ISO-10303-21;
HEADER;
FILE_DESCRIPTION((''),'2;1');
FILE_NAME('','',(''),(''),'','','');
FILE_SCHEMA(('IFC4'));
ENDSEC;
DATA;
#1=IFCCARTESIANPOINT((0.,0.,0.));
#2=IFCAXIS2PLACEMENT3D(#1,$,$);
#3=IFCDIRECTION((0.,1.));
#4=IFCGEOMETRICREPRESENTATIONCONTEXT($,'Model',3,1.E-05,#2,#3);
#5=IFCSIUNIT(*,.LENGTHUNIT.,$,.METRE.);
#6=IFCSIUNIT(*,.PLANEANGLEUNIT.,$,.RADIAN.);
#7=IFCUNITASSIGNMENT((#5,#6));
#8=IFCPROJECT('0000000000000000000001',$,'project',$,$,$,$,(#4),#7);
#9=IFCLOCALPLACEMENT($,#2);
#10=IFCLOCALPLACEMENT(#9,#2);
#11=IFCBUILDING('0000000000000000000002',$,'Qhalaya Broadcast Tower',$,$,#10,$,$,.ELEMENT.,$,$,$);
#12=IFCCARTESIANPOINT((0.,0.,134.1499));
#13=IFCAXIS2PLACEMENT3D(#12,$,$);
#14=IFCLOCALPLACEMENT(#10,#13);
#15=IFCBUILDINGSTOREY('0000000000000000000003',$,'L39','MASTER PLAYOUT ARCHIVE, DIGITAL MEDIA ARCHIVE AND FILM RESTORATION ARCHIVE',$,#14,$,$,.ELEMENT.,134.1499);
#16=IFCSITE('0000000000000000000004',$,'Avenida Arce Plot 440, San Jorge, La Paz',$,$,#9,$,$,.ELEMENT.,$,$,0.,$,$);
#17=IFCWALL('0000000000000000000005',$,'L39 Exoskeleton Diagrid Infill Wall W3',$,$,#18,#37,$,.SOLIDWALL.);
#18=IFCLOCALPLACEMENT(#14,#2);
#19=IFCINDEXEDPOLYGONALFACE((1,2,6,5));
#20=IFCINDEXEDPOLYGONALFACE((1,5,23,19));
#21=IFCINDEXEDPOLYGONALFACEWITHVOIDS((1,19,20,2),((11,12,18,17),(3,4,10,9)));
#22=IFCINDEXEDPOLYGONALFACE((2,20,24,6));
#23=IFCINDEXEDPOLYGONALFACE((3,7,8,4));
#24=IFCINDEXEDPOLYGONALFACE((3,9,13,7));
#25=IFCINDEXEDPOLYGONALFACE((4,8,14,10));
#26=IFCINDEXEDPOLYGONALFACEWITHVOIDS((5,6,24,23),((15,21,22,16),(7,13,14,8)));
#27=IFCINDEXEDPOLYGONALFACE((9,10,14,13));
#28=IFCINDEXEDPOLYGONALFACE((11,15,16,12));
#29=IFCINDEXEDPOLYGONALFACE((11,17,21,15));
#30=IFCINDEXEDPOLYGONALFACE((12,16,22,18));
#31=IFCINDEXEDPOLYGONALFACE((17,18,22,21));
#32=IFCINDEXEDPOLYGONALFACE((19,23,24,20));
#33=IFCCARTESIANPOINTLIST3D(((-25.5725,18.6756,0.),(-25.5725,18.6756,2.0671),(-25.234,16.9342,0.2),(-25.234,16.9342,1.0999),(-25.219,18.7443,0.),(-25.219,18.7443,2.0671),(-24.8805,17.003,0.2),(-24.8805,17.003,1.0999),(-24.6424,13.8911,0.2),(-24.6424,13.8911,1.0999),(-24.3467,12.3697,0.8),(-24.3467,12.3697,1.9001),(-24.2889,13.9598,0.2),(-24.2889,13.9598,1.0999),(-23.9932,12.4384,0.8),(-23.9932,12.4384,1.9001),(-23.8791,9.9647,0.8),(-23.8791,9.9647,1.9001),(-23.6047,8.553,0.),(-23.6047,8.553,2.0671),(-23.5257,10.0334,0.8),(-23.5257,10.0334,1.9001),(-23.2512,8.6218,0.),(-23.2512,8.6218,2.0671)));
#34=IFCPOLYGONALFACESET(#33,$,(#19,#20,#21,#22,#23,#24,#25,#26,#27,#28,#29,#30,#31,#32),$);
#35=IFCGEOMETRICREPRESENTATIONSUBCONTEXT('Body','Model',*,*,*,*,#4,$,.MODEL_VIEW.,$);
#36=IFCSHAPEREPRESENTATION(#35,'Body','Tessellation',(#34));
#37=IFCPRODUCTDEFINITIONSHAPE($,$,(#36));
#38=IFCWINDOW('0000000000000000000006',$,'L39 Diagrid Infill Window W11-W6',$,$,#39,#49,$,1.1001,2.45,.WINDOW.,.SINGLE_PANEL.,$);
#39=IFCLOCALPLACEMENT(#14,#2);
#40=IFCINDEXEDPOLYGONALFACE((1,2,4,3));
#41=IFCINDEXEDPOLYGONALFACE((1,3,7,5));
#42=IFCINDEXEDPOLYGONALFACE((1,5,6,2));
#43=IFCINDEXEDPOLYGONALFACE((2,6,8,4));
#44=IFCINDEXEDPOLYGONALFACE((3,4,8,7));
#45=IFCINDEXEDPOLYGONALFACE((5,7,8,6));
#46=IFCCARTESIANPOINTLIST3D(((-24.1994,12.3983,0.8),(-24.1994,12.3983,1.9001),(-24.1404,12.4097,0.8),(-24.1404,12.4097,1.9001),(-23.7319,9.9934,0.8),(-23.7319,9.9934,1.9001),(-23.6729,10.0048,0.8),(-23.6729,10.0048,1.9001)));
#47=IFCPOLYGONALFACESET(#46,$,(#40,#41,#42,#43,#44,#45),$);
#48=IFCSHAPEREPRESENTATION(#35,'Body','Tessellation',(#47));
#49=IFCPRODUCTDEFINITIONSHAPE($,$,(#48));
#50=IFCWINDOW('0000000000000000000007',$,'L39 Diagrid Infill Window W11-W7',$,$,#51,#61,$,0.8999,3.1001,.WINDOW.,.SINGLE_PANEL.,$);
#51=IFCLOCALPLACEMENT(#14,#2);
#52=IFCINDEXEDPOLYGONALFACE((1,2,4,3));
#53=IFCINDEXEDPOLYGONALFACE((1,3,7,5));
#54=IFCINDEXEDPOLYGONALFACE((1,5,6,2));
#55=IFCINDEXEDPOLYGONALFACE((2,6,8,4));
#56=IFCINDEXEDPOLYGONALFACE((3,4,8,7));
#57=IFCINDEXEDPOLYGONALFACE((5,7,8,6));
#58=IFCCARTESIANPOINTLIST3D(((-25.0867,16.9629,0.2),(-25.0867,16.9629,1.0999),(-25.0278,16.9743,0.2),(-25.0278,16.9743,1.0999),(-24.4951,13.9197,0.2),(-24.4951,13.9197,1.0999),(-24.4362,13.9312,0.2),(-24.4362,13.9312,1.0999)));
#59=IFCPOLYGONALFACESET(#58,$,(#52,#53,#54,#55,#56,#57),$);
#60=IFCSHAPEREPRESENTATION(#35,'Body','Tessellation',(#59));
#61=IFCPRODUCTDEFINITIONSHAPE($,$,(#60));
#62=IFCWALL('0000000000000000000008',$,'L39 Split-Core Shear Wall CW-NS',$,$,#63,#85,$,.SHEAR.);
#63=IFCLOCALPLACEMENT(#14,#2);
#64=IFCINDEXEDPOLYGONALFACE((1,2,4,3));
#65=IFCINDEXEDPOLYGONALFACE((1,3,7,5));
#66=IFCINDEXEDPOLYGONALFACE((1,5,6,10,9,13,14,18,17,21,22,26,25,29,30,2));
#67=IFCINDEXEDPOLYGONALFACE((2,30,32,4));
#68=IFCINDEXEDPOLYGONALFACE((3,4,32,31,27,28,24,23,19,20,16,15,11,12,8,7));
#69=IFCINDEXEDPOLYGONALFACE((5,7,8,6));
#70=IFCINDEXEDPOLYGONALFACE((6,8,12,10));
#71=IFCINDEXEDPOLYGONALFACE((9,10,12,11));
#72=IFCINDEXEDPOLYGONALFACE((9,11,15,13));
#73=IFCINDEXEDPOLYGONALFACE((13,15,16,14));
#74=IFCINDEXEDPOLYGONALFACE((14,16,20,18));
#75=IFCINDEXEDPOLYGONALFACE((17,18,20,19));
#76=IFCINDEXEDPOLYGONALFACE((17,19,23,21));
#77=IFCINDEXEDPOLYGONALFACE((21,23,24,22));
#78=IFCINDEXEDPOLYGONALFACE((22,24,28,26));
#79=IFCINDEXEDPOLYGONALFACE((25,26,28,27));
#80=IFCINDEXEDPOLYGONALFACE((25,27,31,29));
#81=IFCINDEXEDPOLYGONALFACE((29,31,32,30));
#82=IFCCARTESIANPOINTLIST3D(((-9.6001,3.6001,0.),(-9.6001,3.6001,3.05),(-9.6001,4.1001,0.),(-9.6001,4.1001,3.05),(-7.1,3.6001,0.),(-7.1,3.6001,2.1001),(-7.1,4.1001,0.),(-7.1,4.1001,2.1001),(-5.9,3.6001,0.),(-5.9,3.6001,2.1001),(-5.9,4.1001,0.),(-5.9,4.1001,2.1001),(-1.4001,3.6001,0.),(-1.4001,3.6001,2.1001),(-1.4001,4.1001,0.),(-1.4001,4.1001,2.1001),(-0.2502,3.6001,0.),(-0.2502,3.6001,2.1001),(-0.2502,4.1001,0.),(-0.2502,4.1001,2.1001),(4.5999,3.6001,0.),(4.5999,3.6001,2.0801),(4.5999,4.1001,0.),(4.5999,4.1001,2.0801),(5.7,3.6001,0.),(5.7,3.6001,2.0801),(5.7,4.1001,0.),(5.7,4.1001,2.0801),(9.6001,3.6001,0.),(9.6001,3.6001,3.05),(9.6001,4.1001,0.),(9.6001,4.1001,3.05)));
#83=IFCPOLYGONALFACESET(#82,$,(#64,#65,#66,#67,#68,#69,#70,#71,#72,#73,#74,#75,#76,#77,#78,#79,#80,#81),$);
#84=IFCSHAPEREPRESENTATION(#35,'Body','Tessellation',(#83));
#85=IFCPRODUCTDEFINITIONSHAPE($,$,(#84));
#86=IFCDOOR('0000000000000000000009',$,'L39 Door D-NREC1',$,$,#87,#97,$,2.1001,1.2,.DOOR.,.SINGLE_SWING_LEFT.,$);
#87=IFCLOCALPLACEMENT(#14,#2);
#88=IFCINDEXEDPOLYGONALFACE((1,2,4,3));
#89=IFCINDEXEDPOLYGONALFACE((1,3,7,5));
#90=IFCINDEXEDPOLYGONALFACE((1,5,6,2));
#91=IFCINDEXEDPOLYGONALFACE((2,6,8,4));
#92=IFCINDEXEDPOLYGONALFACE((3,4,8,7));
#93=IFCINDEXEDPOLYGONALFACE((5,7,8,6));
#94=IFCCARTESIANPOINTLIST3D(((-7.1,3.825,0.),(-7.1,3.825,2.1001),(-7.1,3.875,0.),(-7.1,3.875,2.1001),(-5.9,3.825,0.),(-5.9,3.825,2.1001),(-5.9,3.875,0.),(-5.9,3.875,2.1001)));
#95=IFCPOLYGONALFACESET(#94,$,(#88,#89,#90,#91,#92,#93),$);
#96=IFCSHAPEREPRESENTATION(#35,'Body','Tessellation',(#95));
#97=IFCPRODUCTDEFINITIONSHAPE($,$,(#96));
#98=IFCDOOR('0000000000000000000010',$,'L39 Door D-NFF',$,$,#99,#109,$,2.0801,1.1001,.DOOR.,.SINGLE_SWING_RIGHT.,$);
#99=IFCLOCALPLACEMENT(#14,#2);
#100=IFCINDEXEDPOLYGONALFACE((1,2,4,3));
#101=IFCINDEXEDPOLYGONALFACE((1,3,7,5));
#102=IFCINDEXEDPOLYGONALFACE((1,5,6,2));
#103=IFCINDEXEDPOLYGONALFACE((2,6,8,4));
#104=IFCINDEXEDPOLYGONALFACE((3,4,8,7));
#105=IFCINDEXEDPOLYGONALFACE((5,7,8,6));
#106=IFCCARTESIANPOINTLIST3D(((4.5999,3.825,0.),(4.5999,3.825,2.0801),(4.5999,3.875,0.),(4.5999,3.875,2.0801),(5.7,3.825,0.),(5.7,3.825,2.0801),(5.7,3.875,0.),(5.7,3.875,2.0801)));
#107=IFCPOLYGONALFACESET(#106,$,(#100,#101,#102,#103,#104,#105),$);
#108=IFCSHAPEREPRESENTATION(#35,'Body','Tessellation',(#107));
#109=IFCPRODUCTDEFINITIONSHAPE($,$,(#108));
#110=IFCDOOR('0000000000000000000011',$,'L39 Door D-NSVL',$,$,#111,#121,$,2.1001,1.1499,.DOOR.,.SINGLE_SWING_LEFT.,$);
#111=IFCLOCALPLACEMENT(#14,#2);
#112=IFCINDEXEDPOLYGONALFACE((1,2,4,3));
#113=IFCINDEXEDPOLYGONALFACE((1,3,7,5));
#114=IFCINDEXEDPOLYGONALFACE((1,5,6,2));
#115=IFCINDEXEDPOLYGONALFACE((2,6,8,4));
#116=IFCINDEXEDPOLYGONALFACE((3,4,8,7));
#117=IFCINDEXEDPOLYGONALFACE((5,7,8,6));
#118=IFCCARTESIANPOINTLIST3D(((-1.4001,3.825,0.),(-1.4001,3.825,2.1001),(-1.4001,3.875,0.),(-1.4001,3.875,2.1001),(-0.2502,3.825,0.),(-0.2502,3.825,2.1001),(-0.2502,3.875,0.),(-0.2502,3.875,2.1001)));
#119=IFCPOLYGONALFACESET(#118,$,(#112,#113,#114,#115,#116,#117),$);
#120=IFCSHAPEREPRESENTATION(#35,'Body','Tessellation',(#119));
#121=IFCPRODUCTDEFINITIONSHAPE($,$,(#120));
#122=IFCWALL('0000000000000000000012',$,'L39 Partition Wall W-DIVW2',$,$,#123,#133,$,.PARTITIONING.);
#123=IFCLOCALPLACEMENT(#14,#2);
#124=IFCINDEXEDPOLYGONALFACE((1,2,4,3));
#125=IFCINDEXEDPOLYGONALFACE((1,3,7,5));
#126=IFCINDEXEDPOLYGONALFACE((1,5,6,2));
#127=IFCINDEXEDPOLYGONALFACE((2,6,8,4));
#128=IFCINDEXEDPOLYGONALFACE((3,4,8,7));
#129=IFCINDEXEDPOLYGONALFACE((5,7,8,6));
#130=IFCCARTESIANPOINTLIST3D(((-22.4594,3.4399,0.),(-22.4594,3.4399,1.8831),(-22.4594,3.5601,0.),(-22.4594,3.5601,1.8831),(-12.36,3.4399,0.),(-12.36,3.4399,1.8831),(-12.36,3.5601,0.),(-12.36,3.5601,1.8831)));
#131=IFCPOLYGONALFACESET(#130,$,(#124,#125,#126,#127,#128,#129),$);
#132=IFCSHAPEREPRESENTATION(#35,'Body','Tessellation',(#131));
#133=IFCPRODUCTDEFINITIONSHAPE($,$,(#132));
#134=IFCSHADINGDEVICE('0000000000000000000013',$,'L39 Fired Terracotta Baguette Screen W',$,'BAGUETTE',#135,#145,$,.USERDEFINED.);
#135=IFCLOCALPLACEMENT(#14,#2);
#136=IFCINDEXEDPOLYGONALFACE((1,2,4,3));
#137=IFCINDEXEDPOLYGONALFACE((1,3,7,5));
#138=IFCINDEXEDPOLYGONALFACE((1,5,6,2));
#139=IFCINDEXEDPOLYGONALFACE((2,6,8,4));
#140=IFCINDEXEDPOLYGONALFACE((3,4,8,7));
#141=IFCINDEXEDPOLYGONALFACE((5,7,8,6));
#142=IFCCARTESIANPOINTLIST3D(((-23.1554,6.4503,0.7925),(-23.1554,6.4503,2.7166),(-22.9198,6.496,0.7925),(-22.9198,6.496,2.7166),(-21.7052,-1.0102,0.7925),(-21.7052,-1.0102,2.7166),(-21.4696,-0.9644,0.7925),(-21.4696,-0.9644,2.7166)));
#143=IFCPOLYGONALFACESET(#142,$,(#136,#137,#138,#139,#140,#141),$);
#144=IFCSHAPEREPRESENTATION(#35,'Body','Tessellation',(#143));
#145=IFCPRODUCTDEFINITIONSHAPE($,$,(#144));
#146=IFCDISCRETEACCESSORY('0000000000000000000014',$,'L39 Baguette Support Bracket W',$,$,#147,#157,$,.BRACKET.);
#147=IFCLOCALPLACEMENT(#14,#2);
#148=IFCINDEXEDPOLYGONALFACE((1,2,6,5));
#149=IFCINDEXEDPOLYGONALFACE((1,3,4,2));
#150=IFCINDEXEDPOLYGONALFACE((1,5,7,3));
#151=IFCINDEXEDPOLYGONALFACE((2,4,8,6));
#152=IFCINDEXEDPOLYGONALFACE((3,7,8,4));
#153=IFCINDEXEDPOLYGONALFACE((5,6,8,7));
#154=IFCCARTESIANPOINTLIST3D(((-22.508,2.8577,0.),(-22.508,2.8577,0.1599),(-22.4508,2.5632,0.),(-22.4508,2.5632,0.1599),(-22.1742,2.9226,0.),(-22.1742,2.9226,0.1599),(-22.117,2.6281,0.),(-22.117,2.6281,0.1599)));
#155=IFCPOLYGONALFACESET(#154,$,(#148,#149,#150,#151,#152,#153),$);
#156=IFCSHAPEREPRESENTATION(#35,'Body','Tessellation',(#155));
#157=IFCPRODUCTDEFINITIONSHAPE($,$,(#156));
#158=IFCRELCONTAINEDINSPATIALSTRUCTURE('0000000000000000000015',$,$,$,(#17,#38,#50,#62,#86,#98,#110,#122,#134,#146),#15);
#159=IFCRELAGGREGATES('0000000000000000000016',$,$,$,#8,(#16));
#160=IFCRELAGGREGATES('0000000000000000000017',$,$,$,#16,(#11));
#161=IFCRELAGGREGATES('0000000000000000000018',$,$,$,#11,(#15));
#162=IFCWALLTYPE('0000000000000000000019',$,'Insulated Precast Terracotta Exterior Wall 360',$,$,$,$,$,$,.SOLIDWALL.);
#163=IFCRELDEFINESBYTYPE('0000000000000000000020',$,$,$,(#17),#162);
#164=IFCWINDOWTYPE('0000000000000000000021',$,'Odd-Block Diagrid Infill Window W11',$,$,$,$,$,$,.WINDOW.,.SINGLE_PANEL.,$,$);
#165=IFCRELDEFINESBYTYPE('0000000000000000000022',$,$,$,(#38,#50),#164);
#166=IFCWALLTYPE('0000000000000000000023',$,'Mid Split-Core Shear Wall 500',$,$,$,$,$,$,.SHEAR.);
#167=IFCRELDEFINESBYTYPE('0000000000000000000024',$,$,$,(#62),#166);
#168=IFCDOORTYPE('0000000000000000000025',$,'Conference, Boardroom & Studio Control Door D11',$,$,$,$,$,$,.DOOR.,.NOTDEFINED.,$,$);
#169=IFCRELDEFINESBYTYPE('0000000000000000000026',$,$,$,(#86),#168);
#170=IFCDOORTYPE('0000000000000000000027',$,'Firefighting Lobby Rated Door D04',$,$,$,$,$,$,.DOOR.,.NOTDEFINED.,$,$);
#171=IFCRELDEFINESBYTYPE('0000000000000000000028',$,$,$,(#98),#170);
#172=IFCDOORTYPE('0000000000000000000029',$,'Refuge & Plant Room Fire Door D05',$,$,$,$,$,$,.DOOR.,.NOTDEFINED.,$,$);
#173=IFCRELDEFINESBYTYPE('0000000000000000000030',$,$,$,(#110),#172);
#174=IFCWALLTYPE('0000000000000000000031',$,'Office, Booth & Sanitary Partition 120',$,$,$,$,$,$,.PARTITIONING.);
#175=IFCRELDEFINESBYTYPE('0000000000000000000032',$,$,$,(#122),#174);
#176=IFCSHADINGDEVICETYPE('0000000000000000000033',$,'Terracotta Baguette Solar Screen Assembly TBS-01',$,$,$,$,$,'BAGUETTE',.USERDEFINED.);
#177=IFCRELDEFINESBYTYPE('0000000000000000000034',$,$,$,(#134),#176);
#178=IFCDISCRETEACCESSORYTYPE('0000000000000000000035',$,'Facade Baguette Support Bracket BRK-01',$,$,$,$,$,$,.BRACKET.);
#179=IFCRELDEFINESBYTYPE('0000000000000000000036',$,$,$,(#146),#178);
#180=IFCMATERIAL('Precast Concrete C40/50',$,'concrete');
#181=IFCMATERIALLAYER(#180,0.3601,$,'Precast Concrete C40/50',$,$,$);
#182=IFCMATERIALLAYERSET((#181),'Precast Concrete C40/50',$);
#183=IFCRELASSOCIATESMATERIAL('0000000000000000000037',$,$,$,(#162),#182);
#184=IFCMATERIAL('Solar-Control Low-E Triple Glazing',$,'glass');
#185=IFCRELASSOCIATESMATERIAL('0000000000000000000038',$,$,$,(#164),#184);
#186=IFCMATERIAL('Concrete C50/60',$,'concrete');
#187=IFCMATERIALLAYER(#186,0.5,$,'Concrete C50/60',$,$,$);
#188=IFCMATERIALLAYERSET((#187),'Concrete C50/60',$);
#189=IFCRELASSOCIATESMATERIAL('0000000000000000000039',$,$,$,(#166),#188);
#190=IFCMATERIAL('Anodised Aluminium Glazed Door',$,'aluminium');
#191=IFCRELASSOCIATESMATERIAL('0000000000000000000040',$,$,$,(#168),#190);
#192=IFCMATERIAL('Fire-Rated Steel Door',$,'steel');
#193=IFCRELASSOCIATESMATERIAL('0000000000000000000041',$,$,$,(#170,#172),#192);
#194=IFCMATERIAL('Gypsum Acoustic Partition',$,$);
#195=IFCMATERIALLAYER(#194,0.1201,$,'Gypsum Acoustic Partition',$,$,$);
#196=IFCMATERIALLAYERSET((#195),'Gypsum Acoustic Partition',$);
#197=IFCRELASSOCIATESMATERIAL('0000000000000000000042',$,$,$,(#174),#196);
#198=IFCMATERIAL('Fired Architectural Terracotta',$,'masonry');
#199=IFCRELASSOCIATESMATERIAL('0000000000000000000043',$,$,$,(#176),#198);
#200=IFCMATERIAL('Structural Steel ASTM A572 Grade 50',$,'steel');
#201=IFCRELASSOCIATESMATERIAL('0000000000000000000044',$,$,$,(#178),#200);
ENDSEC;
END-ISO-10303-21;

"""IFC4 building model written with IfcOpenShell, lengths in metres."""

from ifc_helpers import new_model, si_unit, direction, frame, frame_2d, origin, origin_2d, place, context, subcontext, project, spatial, rectangle, extrude, material, layer, layer_set, type_object, element, fill, save


model = new_model("IFC4")

# Units and contexts
model_context = context("Model", 3, precision=1e-05, world=origin(), true_north=direction((0.0, 1.0)))
body_context = subcontext(model_context, "Body", "Model", "MODEL_VIEW")
ifc_project = project(units=[si_unit("LENGTHUNIT", "METRE"), si_unit("PLANEANGLEUNIT", "RADIAN")], contexts=[model_context])

# Site, building, storey
site_placement = place(None, origin())
site = spatial("IfcSite", under=ifc_project, at=site_placement, Name="Avenida Arce Plot 440, San Jorge, La Paz", CompositionType="ELEMENT", RefElevation=0.0)
building_placement = place(site_placement, origin())
building = spatial("IfcBuilding", under=site, at=building_placement, Name="Qhalaya Broadcast Tower", CompositionType="ELEMENT")
storey_placement = place(building_placement, frame((0.0, 0.0, 134.1499)))
storey = spatial("IfcBuildingStorey", under=building, at=storey_placement, Name="L39", Description="MASTER PLAYOUT ARCHIVE, DIGITAL MEDIA ARCHIVE AND FILM RESTORATION ARCHIVE", CompositionType="ELEMENT", Elevation=134.1499)

# Shared definitions
ifc_material_1 = material(Name="Structural Steel ASTM A572 Grade 50", Category="steel")

# Shared definitions
ifc_material_2 = material(Name="Gypsum Acoustic Partition")

# Wall, openings, windows
ifc_material_3 = material(Name="Precast Concrete C40/50", Category="concrete")
ifc_layer_1 = layer(ifc_material_3, 0.3601, Name="Precast Concrete C40/50")
ifc_layer_set_1 = layer_set([ifc_layer_1], Name="Precast Concrete C40/50")
wall_type_1 = type_object("IfcWallType", Name="Insulated Precast Terracotta Exterior Wall 360", PredefinedType="SOLIDWALL", material=ifc_layer_set_1)
wall_1_placement = place(storey_placement, frame((-23.428, 8.5874, 0.0), z_axis=(0.0, 0.0, 1.0), x_axis=(-0.190823, 0.981625, 0.0)))
wall_1 = element("IfcWall", 1, at=wall_1_placement, inside=storey, type_object=wall_type_1, Name="L39 Exoskeleton Diagrid Infill Wall W3", PredefinedType="SOLIDWALL", context=body_context, shape_type="SweptSolid", body=[
    extrude(rectangle(XDim=10.312, YDim=0.3601, at=frame_2d((5.156, 0.0))), origin(), (0.0, 0.0, 1.0), 2.0671),
])
opening_1_placement = place(wall_1_placement, frame((1.438, 0.0, 0.8)))
opening_1 = element("IfcOpeningElement", 2, at=opening_1_placement, cuts=wall_1, PredefinedType="OPENING", context=body_context, shape_type="SweptSolid", body=[
    extrude(rectangle(XDim=2.45, YDim=1.1001, at=frame_2d((1.2251, 0.55))), frame((0.0, 0.1921, 0.0), z_axis=(0.0, -1.0, 0.0), x_axis=(1.0, 0.0, 0.0)), (0.0, 0.0, 1.0), 0.384),
])
opening_2_placement = place(wall_1_placement, frame((5.438, 0.0, 0.2)))
opening_2 = element("IfcOpeningElement", 3, at=opening_2_placement, cuts=wall_1, PredefinedType="OPENING", context=body_context, shape_type="SweptSolid", body=[
    extrude(rectangle(XDim=3.1001, YDim=0.8999, at=frame_2d((1.55, 0.45))), frame((0.0, 0.1921, 0.0), z_axis=(0.0, -1.0, 0.0), x_axis=(1.0, 0.0, 0.0)), (0.0, 0.0, 1.0), 0.384),
])
ifc_material_4 = material(Name="Solar-Control Low-E Triple Glazing", Category="glass")
window_type = type_object("IfcWindowType", Name="Odd-Block Diagrid Infill Window W11", PartitioningType="SINGLE_PANEL", PredefinedType="WINDOW", material=ifc_material_4)
window_1_placement = place(opening_1_placement, origin())
window_1 = element("IfcWindow", 4, at=window_1_placement, inside=storey, type_object=window_type, Name="L39 Diagrid Infill Window W11-W6", OverallHeight=1.1001, OverallWidth=2.45, PartitioningType="SINGLE_PANEL", PredefinedType="WINDOW", context=body_context, shape_type="SweptSolid", body=[
    extrude(rectangle(XDim=2.45, YDim=1.1001, at=frame_2d((1.2251, 0.55))), frame((0.0, 0.03, 0.0), z_axis=(0.0, -1.0, 0.0), x_axis=(1.0, 0.0, 0.0)), (0.0, 0.0, 1.0), 0.0601),
])
fill(opening_1, window_1)
window_2_placement = place(opening_2_placement, origin())
window_2 = element("IfcWindow", 5, at=window_2_placement, inside=storey, type_object=window_type, Name="L39 Diagrid Infill Window W11-W7", OverallHeight=0.8999, OverallWidth=3.1001, PartitioningType="SINGLE_PANEL", PredefinedType="WINDOW", context=body_context, shape_type="SweptSolid", body=[
    extrude(rectangle(XDim=3.1001, YDim=0.8999, at=frame_2d((1.55, 0.45))), frame((0.0, 0.03, 0.0), z_axis=(0.0, -1.0, 0.0), x_axis=(1.0, 0.0, 0.0)), (0.0, 0.0, 1.0), 0.0601),
])
fill(opening_2, window_2)

# Wall, openings, doors
ifc_material_5 = material(Name="Concrete C50/60", Category="concrete")
ifc_layer_2 = layer(ifc_material_5, 0.5, Name="Concrete C50/60")
ifc_layer_set_2 = layer_set([ifc_layer_2], Name="Concrete C50/60")
wall_type_2 = type_object("IfcWallType", Name="Mid Split-Core Shear Wall 500", PredefinedType="SHEAR", material=ifc_layer_set_2)
wall_2_placement = place(storey_placement, frame((-9.6001, 3.8501, 0.0), z_axis=(0.0, 0.0, 1.0), x_axis=(1.0, 0.0, 0.0)))
wall_2 = element("IfcWall", 6, at=wall_2_placement, inside=storey, type_object=wall_type_2, Name="L39 Split-Core Shear Wall CW-NS", PredefinedType="SHEAR", context=body_context, shape_type="SweptSolid", body=[
    extrude(rectangle(XDim=19.2002, YDim=0.5, at=frame_2d((9.6001, 0.0))), origin(), (0.0, 0.0, 1.0), 3.05),
])
opening_3_placement = place(wall_2_placement, frame((14.2, 0.0, 0.0)))
opening_3 = element("IfcOpeningElement", 7, at=opening_3_placement, cuts=wall_2, PredefinedType="OPENING", context=body_context, shape_type="SweptSolid", body=[
    extrude(rectangle(XDim=1.1001, YDim=2.0801, at=frame_2d((0.55, 1.04))), frame((0.0, 0.262, 0.0), z_axis=(0.0, -1.0, 0.0), x_axis=(1.0, 0.0, 0.0)), (0.0, 0.0, 1.0), 0.5239),
])
opening_4_placement = place(wall_2_placement, frame((8.2, 0.0, 0.0)))
opening_4 = element("IfcOpeningElement", 8, at=opening_4_placement, cuts=wall_2, PredefinedType="OPENING", context=body_context, shape_type="SweptSolid", body=[
    extrude(rectangle(XDim=1.1499, YDim=2.1001, at=frame_2d((0.575, 1.05))), frame((0.0, 0.262, 0.0), z_axis=(0.0, -1.0, 0.0), x_axis=(1.0, 0.0, 0.0)), (0.0, 0.0, 1.0), 0.5239),
])
opening_5_placement = place(wall_2_placement, frame((2.5, 0.0, 0.0)))
opening_5 = element("IfcOpeningElement", 9, at=opening_5_placement, cuts=wall_2, PredefinedType="OPENING", context=body_context, shape_type="SweptSolid", body=[
    extrude(rectangle(XDim=1.2, YDim=2.1001, at=frame_2d((0.6001, 1.05))), frame((0.0, 0.262, 0.0), z_axis=(0.0, -1.0, 0.0), x_axis=(1.0, 0.0, 0.0)), (0.0, 0.0, 1.0), 0.5239),
])
ifc_material_6 = material(Name="Anodised Aluminium Glazed Door", Category="aluminium")
door_type_1 = type_object("IfcDoorType", Name="Conference, Boardroom & Studio Control Door D11", OperationType="NOTDEFINED", PredefinedType="DOOR", material=ifc_material_6)
door_1_placement = place(opening_5_placement, origin())
door_1 = element("IfcDoor", 10, at=door_1_placement, inside=storey, type_object=door_type_1, Name="L39 Door D-NREC1", OperationType="SINGLE_SWING_LEFT", OverallHeight=2.1001, OverallWidth=1.2, PredefinedType="DOOR", context=body_context, shape_type="SweptSolid", body=[
    extrude(rectangle(XDim=1.2, YDim=2.1001, at=frame_2d((0.6001, 1.05))), frame((0.0, 0.0249, 0.0), z_axis=(0.0, -1.0, 0.0), x_axis=(1.0, 0.0, 0.0)), (0.0, 0.0, 1.0), 0.05),
])
fill(opening_5, door_1)
ifc_material_7 = material(Name="Fire-Rated Steel Door", Category="steel")
door_type_2 = type_object("IfcDoorType", Name="Firefighting Lobby Rated Door D04", OperationType="NOTDEFINED", PredefinedType="DOOR", material=ifc_material_7)
door_2_placement = place(opening_3_placement, origin())
door_2 = element("IfcDoor", 11, at=door_2_placement, inside=storey, type_object=door_type_2, Name="L39 Door D-NFF", OperationType="SINGLE_SWING_RIGHT", OverallHeight=2.0801, OverallWidth=1.1001, PredefinedType="DOOR", context=body_context, shape_type="SweptSolid", body=[
    extrude(rectangle(XDim=1.1001, YDim=2.0801, at=frame_2d((0.55, 1.04))), frame((0.0, 0.0249, 0.0), z_axis=(0.0, -1.0, 0.0), x_axis=(1.0, 0.0, 0.0)), (0.0, 0.0, 1.0), 0.05),
])
fill(opening_3, door_2)
door_type_3 = type_object("IfcDoorType", Name="Refuge & Plant Room Fire Door D05", OperationType="NOTDEFINED", PredefinedType="DOOR", material=ifc_material_7)
door_3_placement = place(opening_4_placement, origin())
door_3 = element("IfcDoor", 12, at=door_3_placement, inside=storey, type_object=door_type_3, Name="L39 Door D-NSVL", OperationType="SINGLE_SWING_LEFT", OverallHeight=2.1001, OverallWidth=1.1499, PredefinedType="DOOR", context=body_context, shape_type="SweptSolid", body=[
    extrude(rectangle(XDim=1.1499, YDim=2.1001, at=frame_2d((0.575, 1.05))), frame((0.0, 0.0249, 0.0), z_axis=(0.0, -1.0, 0.0), x_axis=(1.0, 0.0, 0.0)), (0.0, 0.0, 1.0), 0.05),
])
fill(opening_4, door_3)

# Wall
ifc_layer_3 = layer(ifc_material_2, 0.1201, Name="Gypsum Acoustic Partition")
ifc_layer_set_3 = layer_set([ifc_layer_3], Name="Gypsum Acoustic Partition")
wall_type_3 = type_object("IfcWallType", Name="Office, Booth & Sanitary Partition 120", PredefinedType="PARTITIONING", material=ifc_layer_set_3)
wall_3_placement = place(storey_placement, frame((-22.4595, 3.5, 0.0), z_axis=(0.0, 0.0, 1.0), x_axis=(1.0, 0.0, 0.0)))
element("IfcWall", 13, at=wall_3_placement, inside=storey, type_object=wall_type_3, Name="L39 Partition Wall W-DIVW2", PredefinedType="PARTITIONING", context=body_context, shape_type="SweptSolid", body=[
    extrude(rectangle(XDim=10.0994, YDim=0.1201, at=frame_2d((5.0498, 0.0))), origin(), (0.0, 0.0, 1.0), 1.8831),
])

# Shading device
ifc_material_8 = material(Name="Fired Architectural Terracotta", Category="masonry")
shading_device_type = type_object("IfcShadingDeviceType", Name="Terracotta Baguette Solar Screen Assembly TBS-01", ElementType="BAGUETTE", PredefinedType="USERDEFINED", material=ifc_material_8)
shading_device_placement = place(storey_placement, frame((-22.3125, 2.7429, 0.7925), z_axis=(0.0, 0.0, 1.0), x_axis=(0.190809, -0.981627, 0.0)))
element("IfcShadingDevice", 14, at=shading_device_placement, inside=storey, type_object=shading_device_type, Name="L39 Fired Terracotta Baguette Screen W", ObjectType="BAGUETTE", PredefinedType="USERDEFINED", context=body_context, shape_type="SweptSolid", body=[
    extrude(rectangle(XDim=7.6001, YDim=0.24, at=origin_2d()), origin(), (0.0, 0.0, 1.0), 1.9241),
])

# Discrete accessory
discrete_accessory_type = type_object("IfcDiscreteAccessoryType", Name="Facade Baguette Support Bracket BRK-01", PredefinedType="BRACKET", material=ifc_material_1)
discrete_accessory_placement = place(storey_placement, frame((-22.3125, 2.7429, 0.0), z_axis=(0.0, 0.0, 1.0), x_axis=(0.190809, -0.981627, 0.0)))
element("IfcDiscreteAccessory", 15, at=discrete_accessory_placement, inside=storey, type_object=discrete_accessory_type, Name="L39 Baguette Support Bracket W", PredefinedType="BRACKET", context=body_context, shape_type="SweptSolid", body=[
    extrude(rectangle(XDim=0.3, YDim=0.3401, at=origin_2d()), origin(), (0.0, 0.0, 1.0), 0.1599),
])

save(model, "model.ifc")
